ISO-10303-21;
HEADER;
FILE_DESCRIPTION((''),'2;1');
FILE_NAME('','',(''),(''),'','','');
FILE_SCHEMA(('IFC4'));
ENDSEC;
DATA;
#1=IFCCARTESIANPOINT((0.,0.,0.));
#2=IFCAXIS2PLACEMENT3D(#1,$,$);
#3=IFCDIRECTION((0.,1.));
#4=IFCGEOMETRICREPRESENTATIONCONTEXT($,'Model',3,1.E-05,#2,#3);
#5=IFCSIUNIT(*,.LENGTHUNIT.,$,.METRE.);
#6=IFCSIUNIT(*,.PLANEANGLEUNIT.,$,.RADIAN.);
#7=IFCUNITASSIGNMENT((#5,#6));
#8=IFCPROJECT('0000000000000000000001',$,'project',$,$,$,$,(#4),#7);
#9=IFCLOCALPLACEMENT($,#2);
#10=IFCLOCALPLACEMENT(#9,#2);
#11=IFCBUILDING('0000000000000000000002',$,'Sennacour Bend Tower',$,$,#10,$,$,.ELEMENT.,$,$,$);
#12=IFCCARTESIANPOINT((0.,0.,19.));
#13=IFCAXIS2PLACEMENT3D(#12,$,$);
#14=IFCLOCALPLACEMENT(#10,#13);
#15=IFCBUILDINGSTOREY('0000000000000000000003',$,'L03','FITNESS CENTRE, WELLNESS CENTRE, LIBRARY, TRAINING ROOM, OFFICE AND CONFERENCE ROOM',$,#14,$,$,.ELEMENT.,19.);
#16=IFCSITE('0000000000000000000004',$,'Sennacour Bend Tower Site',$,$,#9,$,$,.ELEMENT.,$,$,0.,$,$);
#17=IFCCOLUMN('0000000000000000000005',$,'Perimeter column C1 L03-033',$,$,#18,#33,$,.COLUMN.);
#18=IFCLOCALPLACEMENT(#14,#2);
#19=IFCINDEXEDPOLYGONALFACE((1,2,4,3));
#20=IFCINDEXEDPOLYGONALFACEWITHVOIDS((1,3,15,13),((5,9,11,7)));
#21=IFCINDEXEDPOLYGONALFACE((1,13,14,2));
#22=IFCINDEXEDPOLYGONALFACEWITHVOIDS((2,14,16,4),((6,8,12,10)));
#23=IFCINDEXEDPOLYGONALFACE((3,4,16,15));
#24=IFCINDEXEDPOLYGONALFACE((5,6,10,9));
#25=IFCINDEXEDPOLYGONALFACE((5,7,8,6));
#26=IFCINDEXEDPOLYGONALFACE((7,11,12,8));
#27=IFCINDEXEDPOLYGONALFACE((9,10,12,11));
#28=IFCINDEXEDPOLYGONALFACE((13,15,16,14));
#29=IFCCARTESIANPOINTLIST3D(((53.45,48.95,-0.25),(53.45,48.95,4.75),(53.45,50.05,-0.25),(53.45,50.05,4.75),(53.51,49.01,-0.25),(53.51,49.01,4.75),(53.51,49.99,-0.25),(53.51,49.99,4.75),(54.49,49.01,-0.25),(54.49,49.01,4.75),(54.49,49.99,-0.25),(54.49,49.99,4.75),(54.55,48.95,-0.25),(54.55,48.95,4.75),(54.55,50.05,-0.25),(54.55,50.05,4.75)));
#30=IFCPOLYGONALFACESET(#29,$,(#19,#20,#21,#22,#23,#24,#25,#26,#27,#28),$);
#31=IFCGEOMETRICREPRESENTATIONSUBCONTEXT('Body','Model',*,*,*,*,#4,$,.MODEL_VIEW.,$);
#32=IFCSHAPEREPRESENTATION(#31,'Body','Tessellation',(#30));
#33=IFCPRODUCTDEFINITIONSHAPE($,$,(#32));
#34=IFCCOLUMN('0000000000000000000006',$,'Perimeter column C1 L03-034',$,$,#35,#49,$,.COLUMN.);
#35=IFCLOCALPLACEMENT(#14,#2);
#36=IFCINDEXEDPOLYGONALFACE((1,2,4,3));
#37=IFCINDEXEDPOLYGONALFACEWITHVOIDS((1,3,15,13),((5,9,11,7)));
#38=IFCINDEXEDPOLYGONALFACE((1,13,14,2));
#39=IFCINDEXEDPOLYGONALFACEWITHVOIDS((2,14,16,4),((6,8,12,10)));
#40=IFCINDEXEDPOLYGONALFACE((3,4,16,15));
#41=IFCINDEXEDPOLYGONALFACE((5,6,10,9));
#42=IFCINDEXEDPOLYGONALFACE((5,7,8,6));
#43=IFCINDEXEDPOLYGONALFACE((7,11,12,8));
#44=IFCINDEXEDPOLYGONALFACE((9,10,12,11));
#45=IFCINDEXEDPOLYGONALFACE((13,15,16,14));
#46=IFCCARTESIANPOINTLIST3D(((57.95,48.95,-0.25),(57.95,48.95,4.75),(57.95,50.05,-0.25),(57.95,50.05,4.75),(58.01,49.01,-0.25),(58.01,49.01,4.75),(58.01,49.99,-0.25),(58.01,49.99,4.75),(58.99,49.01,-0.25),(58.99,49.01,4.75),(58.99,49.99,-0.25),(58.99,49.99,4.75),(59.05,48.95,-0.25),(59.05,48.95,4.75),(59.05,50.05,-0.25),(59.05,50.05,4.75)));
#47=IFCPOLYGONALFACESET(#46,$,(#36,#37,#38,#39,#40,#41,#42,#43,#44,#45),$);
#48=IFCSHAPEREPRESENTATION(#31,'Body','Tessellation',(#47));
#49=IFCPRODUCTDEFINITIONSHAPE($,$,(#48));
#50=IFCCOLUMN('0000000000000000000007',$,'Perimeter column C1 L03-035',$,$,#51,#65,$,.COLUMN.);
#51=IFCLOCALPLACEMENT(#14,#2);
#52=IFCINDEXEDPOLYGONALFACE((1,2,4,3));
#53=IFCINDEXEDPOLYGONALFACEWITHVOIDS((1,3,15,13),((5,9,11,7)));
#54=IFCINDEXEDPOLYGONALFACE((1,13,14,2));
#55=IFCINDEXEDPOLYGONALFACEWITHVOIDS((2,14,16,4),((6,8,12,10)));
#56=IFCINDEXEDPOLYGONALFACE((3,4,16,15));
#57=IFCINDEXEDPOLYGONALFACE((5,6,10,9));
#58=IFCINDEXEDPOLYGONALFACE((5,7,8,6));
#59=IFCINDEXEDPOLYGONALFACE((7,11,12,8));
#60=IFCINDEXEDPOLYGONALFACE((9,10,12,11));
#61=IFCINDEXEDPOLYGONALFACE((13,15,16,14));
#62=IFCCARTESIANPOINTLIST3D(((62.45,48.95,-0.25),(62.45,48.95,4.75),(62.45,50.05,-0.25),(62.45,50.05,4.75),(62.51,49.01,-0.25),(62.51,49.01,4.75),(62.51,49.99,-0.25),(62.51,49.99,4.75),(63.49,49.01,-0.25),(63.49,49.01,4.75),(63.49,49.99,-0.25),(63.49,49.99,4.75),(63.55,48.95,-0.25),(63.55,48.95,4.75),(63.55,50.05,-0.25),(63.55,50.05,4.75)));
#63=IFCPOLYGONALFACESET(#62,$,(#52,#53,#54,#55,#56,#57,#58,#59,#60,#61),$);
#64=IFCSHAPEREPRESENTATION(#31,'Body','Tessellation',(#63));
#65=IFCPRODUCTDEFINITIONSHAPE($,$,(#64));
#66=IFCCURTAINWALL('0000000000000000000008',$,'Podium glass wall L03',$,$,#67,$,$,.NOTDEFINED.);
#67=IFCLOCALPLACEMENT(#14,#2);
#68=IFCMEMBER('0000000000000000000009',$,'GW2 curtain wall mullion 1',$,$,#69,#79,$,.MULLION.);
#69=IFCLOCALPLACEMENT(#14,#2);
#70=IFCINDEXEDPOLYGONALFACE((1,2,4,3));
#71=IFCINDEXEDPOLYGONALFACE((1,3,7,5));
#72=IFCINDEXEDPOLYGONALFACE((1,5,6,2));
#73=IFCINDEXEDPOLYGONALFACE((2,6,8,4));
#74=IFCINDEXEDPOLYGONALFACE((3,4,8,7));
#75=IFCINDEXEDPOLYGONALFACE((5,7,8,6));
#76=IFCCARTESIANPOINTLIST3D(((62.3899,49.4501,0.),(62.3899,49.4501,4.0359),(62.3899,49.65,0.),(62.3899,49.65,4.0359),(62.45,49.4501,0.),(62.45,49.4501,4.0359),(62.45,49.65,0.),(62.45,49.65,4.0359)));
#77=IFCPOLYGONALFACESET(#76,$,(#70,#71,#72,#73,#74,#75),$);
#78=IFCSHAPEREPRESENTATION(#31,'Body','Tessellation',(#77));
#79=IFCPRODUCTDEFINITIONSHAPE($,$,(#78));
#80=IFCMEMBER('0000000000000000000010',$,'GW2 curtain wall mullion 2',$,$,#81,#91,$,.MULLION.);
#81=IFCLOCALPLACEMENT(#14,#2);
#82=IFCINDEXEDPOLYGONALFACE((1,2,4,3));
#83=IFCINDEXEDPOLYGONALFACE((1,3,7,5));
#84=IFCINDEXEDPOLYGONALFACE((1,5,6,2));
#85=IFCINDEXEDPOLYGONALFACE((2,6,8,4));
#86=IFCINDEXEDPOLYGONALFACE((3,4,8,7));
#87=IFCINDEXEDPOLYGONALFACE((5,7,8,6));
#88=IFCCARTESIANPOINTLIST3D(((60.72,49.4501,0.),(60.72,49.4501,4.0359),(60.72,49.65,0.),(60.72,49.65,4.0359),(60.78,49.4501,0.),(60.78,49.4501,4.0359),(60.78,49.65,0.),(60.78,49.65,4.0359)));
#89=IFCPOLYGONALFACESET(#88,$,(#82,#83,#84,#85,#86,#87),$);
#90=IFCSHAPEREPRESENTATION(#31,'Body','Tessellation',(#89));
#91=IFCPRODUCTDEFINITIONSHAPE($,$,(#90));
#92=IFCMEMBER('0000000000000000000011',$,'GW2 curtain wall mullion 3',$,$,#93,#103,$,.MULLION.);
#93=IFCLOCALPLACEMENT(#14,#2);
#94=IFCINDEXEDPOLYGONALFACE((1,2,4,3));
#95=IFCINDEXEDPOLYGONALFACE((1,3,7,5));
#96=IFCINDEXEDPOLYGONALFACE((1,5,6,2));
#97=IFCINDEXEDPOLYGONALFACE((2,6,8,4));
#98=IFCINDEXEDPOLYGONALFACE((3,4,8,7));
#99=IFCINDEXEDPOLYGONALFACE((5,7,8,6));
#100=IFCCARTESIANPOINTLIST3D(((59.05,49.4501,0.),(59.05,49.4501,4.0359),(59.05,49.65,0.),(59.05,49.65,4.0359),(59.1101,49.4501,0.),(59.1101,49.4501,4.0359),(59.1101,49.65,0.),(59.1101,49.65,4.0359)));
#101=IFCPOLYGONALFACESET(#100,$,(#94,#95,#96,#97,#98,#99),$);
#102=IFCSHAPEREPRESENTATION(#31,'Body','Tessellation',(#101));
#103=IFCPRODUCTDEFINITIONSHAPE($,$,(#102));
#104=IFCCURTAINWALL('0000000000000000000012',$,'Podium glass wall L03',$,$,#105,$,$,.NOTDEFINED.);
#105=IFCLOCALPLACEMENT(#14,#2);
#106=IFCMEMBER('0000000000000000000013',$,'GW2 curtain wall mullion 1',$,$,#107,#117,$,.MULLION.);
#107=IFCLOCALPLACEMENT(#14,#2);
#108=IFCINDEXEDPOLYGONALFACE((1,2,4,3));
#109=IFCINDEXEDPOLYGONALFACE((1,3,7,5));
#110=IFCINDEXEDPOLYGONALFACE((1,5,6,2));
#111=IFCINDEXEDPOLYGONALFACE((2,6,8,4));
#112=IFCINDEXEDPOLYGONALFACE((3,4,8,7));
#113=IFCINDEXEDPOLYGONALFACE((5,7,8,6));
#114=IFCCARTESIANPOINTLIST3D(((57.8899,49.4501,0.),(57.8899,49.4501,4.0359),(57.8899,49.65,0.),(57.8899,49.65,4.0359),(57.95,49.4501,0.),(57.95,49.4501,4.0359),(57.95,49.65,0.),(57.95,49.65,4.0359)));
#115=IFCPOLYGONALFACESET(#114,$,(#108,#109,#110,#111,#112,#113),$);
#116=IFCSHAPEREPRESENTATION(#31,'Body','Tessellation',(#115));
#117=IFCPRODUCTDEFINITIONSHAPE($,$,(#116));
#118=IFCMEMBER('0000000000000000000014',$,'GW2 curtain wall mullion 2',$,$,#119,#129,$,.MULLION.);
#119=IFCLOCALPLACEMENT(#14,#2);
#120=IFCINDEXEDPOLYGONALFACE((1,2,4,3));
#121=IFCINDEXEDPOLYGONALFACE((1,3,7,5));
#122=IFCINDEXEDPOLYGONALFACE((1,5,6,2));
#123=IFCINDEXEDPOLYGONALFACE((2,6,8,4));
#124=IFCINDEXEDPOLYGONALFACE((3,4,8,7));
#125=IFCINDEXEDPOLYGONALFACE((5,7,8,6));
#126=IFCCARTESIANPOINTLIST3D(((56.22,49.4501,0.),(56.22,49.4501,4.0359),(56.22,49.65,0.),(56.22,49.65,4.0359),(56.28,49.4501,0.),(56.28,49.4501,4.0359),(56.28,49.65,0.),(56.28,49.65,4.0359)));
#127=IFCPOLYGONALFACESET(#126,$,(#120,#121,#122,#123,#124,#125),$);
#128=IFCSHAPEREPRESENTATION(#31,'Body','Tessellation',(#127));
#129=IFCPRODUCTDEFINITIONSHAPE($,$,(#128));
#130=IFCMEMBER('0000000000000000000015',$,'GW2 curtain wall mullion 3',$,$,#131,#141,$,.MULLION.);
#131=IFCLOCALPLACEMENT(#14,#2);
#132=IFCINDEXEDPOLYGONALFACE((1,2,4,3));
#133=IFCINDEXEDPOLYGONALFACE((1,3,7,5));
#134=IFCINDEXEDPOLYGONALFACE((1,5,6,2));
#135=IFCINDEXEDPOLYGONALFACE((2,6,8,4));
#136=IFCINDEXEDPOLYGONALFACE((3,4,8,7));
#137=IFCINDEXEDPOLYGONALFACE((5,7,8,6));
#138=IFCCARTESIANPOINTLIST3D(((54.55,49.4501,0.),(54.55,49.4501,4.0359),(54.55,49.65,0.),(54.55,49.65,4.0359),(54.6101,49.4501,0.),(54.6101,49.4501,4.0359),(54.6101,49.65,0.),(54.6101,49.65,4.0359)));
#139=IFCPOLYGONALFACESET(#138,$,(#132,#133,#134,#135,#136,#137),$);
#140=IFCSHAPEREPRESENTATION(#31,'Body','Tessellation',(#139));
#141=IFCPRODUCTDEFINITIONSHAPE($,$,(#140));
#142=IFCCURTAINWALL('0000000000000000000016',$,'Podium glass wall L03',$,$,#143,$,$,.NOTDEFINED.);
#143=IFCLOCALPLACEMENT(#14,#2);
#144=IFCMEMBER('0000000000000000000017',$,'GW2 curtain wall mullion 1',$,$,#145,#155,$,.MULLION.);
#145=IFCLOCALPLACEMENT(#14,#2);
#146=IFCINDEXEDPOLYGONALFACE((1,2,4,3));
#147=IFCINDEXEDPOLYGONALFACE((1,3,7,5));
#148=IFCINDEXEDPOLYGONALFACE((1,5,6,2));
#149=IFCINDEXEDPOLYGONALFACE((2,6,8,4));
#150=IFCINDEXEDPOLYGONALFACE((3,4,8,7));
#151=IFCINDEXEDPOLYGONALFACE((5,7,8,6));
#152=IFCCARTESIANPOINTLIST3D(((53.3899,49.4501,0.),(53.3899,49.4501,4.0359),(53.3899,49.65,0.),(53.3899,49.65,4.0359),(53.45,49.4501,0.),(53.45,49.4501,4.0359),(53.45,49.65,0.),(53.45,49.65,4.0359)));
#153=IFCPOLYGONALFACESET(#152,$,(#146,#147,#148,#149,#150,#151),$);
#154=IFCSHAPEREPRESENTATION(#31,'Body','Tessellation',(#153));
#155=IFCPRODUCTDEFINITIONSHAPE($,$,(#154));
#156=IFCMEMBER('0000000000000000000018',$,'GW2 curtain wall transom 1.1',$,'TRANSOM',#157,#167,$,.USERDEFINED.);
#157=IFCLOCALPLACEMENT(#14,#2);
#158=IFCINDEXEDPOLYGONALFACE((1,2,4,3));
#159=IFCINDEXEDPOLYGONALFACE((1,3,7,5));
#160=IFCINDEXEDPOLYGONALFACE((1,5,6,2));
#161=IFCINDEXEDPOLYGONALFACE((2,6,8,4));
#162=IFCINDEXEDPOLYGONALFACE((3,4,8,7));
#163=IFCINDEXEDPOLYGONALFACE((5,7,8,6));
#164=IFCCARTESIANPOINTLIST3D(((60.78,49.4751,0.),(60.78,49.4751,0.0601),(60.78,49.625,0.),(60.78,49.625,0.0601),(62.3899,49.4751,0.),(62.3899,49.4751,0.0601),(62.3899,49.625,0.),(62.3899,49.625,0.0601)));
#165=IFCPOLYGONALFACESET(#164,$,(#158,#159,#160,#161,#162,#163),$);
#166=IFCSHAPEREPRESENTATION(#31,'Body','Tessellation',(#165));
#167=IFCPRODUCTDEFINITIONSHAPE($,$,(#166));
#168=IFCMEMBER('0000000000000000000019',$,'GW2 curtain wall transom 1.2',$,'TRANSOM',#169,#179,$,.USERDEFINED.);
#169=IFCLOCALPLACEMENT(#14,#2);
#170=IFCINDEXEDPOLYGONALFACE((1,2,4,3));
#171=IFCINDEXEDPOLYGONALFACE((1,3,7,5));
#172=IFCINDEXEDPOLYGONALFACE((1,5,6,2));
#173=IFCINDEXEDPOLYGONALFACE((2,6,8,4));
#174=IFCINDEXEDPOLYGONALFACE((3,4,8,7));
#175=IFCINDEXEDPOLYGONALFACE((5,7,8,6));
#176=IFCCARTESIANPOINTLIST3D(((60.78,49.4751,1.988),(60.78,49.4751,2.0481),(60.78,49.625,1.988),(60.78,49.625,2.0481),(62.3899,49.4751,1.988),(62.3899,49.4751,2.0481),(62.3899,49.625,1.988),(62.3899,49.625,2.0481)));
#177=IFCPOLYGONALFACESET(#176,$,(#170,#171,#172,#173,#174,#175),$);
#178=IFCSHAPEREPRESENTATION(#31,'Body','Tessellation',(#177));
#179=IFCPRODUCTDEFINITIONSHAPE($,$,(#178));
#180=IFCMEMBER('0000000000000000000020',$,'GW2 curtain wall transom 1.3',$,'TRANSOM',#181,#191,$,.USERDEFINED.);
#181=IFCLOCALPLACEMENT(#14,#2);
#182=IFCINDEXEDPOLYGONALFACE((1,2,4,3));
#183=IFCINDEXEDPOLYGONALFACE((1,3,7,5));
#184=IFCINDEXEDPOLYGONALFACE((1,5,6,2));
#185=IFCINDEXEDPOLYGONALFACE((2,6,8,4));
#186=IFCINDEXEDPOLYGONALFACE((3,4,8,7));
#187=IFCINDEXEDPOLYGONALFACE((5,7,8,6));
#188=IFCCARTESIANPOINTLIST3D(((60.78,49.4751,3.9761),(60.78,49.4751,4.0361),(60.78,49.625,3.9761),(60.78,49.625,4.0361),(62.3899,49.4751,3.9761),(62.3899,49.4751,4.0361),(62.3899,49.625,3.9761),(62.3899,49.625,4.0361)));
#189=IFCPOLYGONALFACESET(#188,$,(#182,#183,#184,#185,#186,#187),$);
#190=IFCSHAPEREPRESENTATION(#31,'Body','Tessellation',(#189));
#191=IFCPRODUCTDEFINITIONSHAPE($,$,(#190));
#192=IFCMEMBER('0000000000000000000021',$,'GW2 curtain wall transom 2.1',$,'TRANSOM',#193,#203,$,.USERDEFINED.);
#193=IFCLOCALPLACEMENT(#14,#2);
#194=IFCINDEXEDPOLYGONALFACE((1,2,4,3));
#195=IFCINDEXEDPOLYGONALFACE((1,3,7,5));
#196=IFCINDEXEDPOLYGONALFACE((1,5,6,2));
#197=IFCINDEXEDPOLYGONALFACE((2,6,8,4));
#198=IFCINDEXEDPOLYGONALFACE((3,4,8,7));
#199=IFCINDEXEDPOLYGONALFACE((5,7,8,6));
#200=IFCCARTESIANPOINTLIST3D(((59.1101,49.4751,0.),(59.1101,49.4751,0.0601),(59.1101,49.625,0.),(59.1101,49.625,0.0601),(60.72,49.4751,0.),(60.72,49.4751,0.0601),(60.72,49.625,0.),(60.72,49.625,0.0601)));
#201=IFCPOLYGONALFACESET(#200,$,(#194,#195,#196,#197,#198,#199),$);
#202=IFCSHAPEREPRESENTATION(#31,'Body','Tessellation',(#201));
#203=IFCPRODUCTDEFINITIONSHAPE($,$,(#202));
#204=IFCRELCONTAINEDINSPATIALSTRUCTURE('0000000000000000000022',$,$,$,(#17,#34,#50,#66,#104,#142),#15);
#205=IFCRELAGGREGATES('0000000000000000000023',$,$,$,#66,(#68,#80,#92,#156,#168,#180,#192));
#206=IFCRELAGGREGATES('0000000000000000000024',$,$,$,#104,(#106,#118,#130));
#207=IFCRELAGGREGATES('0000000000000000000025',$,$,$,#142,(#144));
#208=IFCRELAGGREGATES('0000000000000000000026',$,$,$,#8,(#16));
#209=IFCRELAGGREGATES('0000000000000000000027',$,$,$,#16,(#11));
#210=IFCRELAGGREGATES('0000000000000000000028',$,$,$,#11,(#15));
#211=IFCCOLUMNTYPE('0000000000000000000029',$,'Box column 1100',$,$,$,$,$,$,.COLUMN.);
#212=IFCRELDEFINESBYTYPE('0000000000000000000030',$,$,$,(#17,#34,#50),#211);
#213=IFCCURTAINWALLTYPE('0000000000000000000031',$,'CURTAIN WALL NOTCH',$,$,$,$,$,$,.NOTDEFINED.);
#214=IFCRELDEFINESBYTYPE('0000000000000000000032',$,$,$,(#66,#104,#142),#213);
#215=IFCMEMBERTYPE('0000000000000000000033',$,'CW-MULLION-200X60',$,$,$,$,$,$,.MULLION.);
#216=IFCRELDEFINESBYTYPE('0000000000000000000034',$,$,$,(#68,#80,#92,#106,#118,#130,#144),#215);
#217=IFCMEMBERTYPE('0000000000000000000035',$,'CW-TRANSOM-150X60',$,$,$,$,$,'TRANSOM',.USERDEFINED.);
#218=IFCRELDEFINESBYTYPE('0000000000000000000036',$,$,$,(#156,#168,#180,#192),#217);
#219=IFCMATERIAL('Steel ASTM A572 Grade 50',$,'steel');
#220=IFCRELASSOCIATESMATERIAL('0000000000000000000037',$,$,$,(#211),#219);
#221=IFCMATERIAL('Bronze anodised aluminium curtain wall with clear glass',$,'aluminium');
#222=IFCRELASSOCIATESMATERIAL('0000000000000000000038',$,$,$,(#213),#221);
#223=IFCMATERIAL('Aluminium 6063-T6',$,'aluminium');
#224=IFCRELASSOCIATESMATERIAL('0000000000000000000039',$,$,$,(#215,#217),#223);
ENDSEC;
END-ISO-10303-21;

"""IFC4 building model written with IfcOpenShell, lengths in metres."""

from ifc_helpers import new_model, si_unit, direction, frame, origin, origin_2d, place, context, subcontext, project, spatial, rectangle, hollow_rectangle, extrude, material, material_profile, profile_set, type_object, element, aggregate, save


model = new_model("IFC4")

# Units and contexts
model_context = context("Model", 3, precision=1e-05, world=origin(), true_north=direction((0.0, 1.0)))
body_context = subcontext(model_context, "Body", "Model", "MODEL_VIEW")
ifc_project = project(units=[si_unit("LENGTHUNIT", "METRE"), si_unit("PLANEANGLEUNIT", "RADIAN")], contexts=[model_context])

# Site, building, storey
site_placement = place(None, origin())
site = spatial("IfcSite", under=ifc_project, at=site_placement, Name="Sennacour Bend Tower Site", CompositionType="ELEMENT", RefElevation=0.0)
building_placement = place(site_placement, origin())
building = spatial("IfcBuilding", under=site, at=building_placement, Name="Sennacour Bend Tower", CompositionType="ELEMENT")
storey_placement = place(building_placement, frame((0.0, 0.0, 19.0)))
storey = spatial("IfcBuildingStorey", under=building, at=storey_placement, Name="L03", Description="FITNESS CENTRE, WELLNESS CENTRE, LIBRARY, TRAINING ROOM, OFFICE AND CONFERENCE ROOM", CompositionType="ELEMENT", Elevation=19.0)

# Columns
ifc_material_1 = material(Name="Steel ASTM A572 Grade 50", Category="steel")
ifc_material_profile_1 = material_profile(ifc_material_1, hollow_rectangle(XDim=1.1001, YDim=1.1001, WallThickness=0.0601, at=origin_2d()), Name="Steel ASTM A572 Grade 50", Category="steel")
ifc_profile_set_1 = profile_set([ifc_material_profile_1], Name="Steel ASTM A572 Grade 50")
column_type = type_object("IfcColumnType", Name="Box column 1100", PredefinedType="COLUMN", material=ifc_profile_set_1)
for number, where, z_axis, x_axis, name in (
    (1, (54.0, 49.5, -0.25), (0.0, 0.0, 1.0), (1.0, 0.0, 0.0), "Perimeter column C1 L03-033"),
    (2, (58.5, 49.5, -0.25), (0.0, 0.0, 1.0), (1.0, 0.0, 0.0), "Perimeter column C1 L03-034"),
    (3, (63.0, 49.5, -0.25), (0.0, 0.0, 1.0), (1.0, 0.0, 0.0), "Perimeter column C1 L03-035"),
):
    element("IfcColumn", number, at=place(storey_placement, frame(where, z_axis=z_axis, x_axis=x_axis)), inside=storey, type_object=column_type, Name=name, PredefinedType="COLUMN", context=body_context, shape_type="SweptSolid", body=[
        extrude(hollow_rectangle(XDim=1.1001, YDim=1.1001, WallThickness=0.0601, at=origin_2d()), origin(), (0.0, 0.0, 1.0), 5.0),
    ])

# Curtain walls, members
ifc_material_2 = material(Name="Bronze anodised aluminium curtain wall with clear glass", Category="aluminium")
curtain_wall_type = type_object("IfcCurtainWallType", Name="CURTAIN WALL NOTCH", PredefinedType="NOTDEFINED", material=ifc_material_2)
curtain_wall_1_placement = place(storey_placement, origin())
curtain_wall_1 = element("IfcCurtainWall", 4, at=curtain_wall_1_placement, inside=storey, type_object=curtain_wall_type, Name="Podium glass wall L03", PredefinedType="NOTDEFINED")
ifc_material_3 = material(Name="Aluminium 6063-T6", Category="aluminium")
ifc_material_profile_2 = material_profile(ifc_material_3, rectangle(XDim=0.2, YDim=0.0601, at=origin_2d()), Name="Aluminium 6063-T6", Category="aluminium")
ifc_profile_set_2 = profile_set([ifc_material_profile_2], Name="Aluminium 6063-T6")
member_type_1 = type_object("IfcMemberType", Name="CW-MULLION-200X60", PredefinedType="MULLION", material=ifc_profile_set_2)
member_1_placement = place(storey_placement, frame((62.4199, 49.55, 0.0), z_axis=(0.0, 0.0, 1.0), x_axis=(0.0, -1.0, 0.0)))
member_1 = element("IfcMember", 5, at=member_1_placement, type_object=member_type_1, Name="GW2 curtain wall mullion 1", PredefinedType="MULLION", context=body_context, shape_type="SweptSolid", body=[
    extrude(rectangle(XDim=0.2, YDim=0.0601, at=origin_2d()), origin(), (0.0, 0.0, 1.0), 4.0359),
])
member_2_placement = place(storey_placement, frame((60.75, 49.55, 0.0), z_axis=(0.0, 0.0, 1.0), x_axis=(0.0, -1.0, 0.0)))
member_2 = element("IfcMember", 6, at=member_2_placement, type_object=member_type_1, Name="GW2 curtain wall mullion 2", PredefinedType="MULLION", context=body_context, shape_type="SweptSolid", body=[
    extrude(rectangle(XDim=0.2, YDim=0.0601, at=origin_2d()), origin(), (0.0, 0.0, 1.0), 4.0359),
])
member_3_placement = place(storey_placement, frame((59.0801, 49.55, 0.0), z_axis=(0.0, 0.0, 1.0), x_axis=(0.0, -1.0, 0.0)))
member_3 = element("IfcMember", 7, at=member_3_placement, type_object=member_type_1, Name="GW2 curtain wall mullion 3", PredefinedType="MULLION", context=body_context, shape_type="SweptSolid", body=[
    extrude(rectangle(XDim=0.2, YDim=0.0601, at=origin_2d()), origin(), (0.0, 0.0, 1.0), 4.0359),
])
curtain_wall_2_placement = place(storey_placement, origin())
curtain_wall_2 = element("IfcCurtainWall", 8, at=curtain_wall_2_placement, inside=storey, type_object=curtain_wall_type, Name="Podium glass wall L03", PredefinedType="NOTDEFINED")
member_4_placement = place(storey_placement, frame((57.9199, 49.55, 0.0), z_axis=(0.0, 0.0, 1.0), x_axis=(0.0, -1.0, 0.0)))
member_4 = element("IfcMember", 9, at=member_4_placement, type_object=member_type_1, Name="GW2 curtain wall mullion 1", PredefinedType="MULLION", context=body_context, shape_type="SweptSolid", body=[
    extrude(rectangle(XDim=0.2, YDim=0.0601, at=origin_2d()), origin(), (0.0, 0.0, 1.0), 4.0359),
])
member_5_placement = place(storey_placement, frame((56.25, 49.55, 0.0), z_axis=(0.0, 0.0, 1.0), x_axis=(0.0, -1.0, 0.0)))
member_5 = element("IfcMember", 10, at=member_5_placement, type_object=member_type_1, Name="GW2 curtain wall mullion 2", PredefinedType="MULLION", context=body_context, shape_type="SweptSolid", body=[
    extrude(rectangle(XDim=0.2, YDim=0.0601, at=origin_2d()), origin(), (0.0, 0.0, 1.0), 4.0359),
])
member_6_placement = place(storey_placement, frame((54.5801, 49.55, 0.0), z_axis=(0.0, 0.0, 1.0), x_axis=(0.0, -1.0, 0.0)))
member_6 = element("IfcMember", 11, at=member_6_placement, type_object=member_type_1, Name="GW2 curtain wall mullion 3", PredefinedType="MULLION", context=body_context, shape_type="SweptSolid", body=[
    extrude(rectangle(XDim=0.2, YDim=0.0601, at=origin_2d()), origin(), (0.0, 0.0, 1.0), 4.0359),
])

# Curtain wall, member
curtain_wall_3_placement = place(storey_placement, origin())
curtain_wall_3 = element("IfcCurtainWall", 12, at=curtain_wall_3_placement, inside=storey, type_object=curtain_wall_type, Name="Podium glass wall L03", PredefinedType="NOTDEFINED")
member_7_placement = place(storey_placement, frame((53.4199, 49.55, 0.0), z_axis=(0.0, 0.0, 1.0), x_axis=(0.0, -1.0, 0.0)))
member_7 = element("IfcMember", 13, at=member_7_placement, type_object=member_type_1, Name="GW2 curtain wall mullion 1", PredefinedType="MULLION", context=body_context, shape_type="SweptSolid", body=[
    extrude(rectangle(XDim=0.2, YDim=0.0601, at=origin_2d()), origin(), (0.0, 0.0, 1.0), 4.0359),
])

# Members
ifc_material_profile_3 = material_profile(ifc_material_3, rectangle(XDim=0.1499, YDim=0.0601, at=origin_2d()), Name="Aluminium 6063-T6", Category="aluminium")
ifc_profile_set_3 = profile_set([ifc_material_profile_3], Name="Aluminium 6063-T6")
member_type_2 = type_object("IfcMemberType", Name="CW-TRANSOM-150X60", ElementType="TRANSOM", PredefinedType="USERDEFINED", material=ifc_profile_set_3)
member_8_placement = place(storey_placement, frame((62.3899, 49.55, 0.03), z_axis=(-1.0, 0.0, 0.0), x_axis=(0.0, -1.0, 0.0)))
member_8 = element("IfcMember", 14, at=member_8_placement, type_object=member_type_2, Name="GW2 curtain wall transom 1.1", ObjectType="TRANSOM", PredefinedType="USERDEFINED", context=body_context, shape_type="SweptSolid", body=[
    extrude(rectangle(XDim=0.1499, YDim=0.0601, at=origin_2d()), origin(), (0.0, 0.0, 1.0), 1.6099),
])
member_9_placement = place(storey_placement, frame((62.3899, 49.55, 2.0181), z_axis=(-1.0, 0.0, 0.0), x_axis=(0.0, -1.0, 0.0)))
member_9 = element("IfcMember", 15, at=member_9_placement, type_object=member_type_2, Name="GW2 curtain wall transom 1.2", ObjectType="TRANSOM", PredefinedType="USERDEFINED", context=body_context, shape_type="SweptSolid", body=[
    extrude(rectangle(XDim=0.1499, YDim=0.0601, at=origin_2d()), origin(), (0.0, 0.0, 1.0), 1.6099),
])
member_10_placement = place(storey_placement, frame((62.3899, 49.55, 4.0061), z_axis=(-1.0, 0.0, 0.0), x_axis=(0.0, -1.0, 0.0)))
member_10 = element("IfcMember", 16, at=member_10_placement, type_object=member_type_2, Name="GW2 curtain wall transom 1.3", ObjectType="TRANSOM", PredefinedType="USERDEFINED", context=body_context, shape_type="SweptSolid", body=[
    extrude(rectangle(XDim=0.1499, YDim=0.0601, at=origin_2d()), origin(), (0.0, 0.0, 1.0), 1.6099),
])
member_11_placement = place(storey_placement, frame((60.72, 49.55, 0.03), z_axis=(-1.0, 0.0, 0.0), x_axis=(0.0, -1.0, 0.0)))
member_11 = element("IfcMember", 17, at=member_11_placement, type_object=member_type_2, Name="GW2 curtain wall transom 2.1", ObjectType="TRANSOM", PredefinedType="USERDEFINED", context=body_context, shape_type="SweptSolid", body=[
    extrude(rectangle(XDim=0.1499, YDim=0.0601, at=origin_2d()), origin(), (0.0, 0.0, 1.0), 1.6099),
])

aggregate(curtain_wall_1, [member_1, member_2, member_3, member_8, member_9, member_10, member_11])
aggregate(curtain_wall_2, [member_4, member_5, member_6])
aggregate(curtain_wall_3, [member_7])

save(model, "model.ifc")
